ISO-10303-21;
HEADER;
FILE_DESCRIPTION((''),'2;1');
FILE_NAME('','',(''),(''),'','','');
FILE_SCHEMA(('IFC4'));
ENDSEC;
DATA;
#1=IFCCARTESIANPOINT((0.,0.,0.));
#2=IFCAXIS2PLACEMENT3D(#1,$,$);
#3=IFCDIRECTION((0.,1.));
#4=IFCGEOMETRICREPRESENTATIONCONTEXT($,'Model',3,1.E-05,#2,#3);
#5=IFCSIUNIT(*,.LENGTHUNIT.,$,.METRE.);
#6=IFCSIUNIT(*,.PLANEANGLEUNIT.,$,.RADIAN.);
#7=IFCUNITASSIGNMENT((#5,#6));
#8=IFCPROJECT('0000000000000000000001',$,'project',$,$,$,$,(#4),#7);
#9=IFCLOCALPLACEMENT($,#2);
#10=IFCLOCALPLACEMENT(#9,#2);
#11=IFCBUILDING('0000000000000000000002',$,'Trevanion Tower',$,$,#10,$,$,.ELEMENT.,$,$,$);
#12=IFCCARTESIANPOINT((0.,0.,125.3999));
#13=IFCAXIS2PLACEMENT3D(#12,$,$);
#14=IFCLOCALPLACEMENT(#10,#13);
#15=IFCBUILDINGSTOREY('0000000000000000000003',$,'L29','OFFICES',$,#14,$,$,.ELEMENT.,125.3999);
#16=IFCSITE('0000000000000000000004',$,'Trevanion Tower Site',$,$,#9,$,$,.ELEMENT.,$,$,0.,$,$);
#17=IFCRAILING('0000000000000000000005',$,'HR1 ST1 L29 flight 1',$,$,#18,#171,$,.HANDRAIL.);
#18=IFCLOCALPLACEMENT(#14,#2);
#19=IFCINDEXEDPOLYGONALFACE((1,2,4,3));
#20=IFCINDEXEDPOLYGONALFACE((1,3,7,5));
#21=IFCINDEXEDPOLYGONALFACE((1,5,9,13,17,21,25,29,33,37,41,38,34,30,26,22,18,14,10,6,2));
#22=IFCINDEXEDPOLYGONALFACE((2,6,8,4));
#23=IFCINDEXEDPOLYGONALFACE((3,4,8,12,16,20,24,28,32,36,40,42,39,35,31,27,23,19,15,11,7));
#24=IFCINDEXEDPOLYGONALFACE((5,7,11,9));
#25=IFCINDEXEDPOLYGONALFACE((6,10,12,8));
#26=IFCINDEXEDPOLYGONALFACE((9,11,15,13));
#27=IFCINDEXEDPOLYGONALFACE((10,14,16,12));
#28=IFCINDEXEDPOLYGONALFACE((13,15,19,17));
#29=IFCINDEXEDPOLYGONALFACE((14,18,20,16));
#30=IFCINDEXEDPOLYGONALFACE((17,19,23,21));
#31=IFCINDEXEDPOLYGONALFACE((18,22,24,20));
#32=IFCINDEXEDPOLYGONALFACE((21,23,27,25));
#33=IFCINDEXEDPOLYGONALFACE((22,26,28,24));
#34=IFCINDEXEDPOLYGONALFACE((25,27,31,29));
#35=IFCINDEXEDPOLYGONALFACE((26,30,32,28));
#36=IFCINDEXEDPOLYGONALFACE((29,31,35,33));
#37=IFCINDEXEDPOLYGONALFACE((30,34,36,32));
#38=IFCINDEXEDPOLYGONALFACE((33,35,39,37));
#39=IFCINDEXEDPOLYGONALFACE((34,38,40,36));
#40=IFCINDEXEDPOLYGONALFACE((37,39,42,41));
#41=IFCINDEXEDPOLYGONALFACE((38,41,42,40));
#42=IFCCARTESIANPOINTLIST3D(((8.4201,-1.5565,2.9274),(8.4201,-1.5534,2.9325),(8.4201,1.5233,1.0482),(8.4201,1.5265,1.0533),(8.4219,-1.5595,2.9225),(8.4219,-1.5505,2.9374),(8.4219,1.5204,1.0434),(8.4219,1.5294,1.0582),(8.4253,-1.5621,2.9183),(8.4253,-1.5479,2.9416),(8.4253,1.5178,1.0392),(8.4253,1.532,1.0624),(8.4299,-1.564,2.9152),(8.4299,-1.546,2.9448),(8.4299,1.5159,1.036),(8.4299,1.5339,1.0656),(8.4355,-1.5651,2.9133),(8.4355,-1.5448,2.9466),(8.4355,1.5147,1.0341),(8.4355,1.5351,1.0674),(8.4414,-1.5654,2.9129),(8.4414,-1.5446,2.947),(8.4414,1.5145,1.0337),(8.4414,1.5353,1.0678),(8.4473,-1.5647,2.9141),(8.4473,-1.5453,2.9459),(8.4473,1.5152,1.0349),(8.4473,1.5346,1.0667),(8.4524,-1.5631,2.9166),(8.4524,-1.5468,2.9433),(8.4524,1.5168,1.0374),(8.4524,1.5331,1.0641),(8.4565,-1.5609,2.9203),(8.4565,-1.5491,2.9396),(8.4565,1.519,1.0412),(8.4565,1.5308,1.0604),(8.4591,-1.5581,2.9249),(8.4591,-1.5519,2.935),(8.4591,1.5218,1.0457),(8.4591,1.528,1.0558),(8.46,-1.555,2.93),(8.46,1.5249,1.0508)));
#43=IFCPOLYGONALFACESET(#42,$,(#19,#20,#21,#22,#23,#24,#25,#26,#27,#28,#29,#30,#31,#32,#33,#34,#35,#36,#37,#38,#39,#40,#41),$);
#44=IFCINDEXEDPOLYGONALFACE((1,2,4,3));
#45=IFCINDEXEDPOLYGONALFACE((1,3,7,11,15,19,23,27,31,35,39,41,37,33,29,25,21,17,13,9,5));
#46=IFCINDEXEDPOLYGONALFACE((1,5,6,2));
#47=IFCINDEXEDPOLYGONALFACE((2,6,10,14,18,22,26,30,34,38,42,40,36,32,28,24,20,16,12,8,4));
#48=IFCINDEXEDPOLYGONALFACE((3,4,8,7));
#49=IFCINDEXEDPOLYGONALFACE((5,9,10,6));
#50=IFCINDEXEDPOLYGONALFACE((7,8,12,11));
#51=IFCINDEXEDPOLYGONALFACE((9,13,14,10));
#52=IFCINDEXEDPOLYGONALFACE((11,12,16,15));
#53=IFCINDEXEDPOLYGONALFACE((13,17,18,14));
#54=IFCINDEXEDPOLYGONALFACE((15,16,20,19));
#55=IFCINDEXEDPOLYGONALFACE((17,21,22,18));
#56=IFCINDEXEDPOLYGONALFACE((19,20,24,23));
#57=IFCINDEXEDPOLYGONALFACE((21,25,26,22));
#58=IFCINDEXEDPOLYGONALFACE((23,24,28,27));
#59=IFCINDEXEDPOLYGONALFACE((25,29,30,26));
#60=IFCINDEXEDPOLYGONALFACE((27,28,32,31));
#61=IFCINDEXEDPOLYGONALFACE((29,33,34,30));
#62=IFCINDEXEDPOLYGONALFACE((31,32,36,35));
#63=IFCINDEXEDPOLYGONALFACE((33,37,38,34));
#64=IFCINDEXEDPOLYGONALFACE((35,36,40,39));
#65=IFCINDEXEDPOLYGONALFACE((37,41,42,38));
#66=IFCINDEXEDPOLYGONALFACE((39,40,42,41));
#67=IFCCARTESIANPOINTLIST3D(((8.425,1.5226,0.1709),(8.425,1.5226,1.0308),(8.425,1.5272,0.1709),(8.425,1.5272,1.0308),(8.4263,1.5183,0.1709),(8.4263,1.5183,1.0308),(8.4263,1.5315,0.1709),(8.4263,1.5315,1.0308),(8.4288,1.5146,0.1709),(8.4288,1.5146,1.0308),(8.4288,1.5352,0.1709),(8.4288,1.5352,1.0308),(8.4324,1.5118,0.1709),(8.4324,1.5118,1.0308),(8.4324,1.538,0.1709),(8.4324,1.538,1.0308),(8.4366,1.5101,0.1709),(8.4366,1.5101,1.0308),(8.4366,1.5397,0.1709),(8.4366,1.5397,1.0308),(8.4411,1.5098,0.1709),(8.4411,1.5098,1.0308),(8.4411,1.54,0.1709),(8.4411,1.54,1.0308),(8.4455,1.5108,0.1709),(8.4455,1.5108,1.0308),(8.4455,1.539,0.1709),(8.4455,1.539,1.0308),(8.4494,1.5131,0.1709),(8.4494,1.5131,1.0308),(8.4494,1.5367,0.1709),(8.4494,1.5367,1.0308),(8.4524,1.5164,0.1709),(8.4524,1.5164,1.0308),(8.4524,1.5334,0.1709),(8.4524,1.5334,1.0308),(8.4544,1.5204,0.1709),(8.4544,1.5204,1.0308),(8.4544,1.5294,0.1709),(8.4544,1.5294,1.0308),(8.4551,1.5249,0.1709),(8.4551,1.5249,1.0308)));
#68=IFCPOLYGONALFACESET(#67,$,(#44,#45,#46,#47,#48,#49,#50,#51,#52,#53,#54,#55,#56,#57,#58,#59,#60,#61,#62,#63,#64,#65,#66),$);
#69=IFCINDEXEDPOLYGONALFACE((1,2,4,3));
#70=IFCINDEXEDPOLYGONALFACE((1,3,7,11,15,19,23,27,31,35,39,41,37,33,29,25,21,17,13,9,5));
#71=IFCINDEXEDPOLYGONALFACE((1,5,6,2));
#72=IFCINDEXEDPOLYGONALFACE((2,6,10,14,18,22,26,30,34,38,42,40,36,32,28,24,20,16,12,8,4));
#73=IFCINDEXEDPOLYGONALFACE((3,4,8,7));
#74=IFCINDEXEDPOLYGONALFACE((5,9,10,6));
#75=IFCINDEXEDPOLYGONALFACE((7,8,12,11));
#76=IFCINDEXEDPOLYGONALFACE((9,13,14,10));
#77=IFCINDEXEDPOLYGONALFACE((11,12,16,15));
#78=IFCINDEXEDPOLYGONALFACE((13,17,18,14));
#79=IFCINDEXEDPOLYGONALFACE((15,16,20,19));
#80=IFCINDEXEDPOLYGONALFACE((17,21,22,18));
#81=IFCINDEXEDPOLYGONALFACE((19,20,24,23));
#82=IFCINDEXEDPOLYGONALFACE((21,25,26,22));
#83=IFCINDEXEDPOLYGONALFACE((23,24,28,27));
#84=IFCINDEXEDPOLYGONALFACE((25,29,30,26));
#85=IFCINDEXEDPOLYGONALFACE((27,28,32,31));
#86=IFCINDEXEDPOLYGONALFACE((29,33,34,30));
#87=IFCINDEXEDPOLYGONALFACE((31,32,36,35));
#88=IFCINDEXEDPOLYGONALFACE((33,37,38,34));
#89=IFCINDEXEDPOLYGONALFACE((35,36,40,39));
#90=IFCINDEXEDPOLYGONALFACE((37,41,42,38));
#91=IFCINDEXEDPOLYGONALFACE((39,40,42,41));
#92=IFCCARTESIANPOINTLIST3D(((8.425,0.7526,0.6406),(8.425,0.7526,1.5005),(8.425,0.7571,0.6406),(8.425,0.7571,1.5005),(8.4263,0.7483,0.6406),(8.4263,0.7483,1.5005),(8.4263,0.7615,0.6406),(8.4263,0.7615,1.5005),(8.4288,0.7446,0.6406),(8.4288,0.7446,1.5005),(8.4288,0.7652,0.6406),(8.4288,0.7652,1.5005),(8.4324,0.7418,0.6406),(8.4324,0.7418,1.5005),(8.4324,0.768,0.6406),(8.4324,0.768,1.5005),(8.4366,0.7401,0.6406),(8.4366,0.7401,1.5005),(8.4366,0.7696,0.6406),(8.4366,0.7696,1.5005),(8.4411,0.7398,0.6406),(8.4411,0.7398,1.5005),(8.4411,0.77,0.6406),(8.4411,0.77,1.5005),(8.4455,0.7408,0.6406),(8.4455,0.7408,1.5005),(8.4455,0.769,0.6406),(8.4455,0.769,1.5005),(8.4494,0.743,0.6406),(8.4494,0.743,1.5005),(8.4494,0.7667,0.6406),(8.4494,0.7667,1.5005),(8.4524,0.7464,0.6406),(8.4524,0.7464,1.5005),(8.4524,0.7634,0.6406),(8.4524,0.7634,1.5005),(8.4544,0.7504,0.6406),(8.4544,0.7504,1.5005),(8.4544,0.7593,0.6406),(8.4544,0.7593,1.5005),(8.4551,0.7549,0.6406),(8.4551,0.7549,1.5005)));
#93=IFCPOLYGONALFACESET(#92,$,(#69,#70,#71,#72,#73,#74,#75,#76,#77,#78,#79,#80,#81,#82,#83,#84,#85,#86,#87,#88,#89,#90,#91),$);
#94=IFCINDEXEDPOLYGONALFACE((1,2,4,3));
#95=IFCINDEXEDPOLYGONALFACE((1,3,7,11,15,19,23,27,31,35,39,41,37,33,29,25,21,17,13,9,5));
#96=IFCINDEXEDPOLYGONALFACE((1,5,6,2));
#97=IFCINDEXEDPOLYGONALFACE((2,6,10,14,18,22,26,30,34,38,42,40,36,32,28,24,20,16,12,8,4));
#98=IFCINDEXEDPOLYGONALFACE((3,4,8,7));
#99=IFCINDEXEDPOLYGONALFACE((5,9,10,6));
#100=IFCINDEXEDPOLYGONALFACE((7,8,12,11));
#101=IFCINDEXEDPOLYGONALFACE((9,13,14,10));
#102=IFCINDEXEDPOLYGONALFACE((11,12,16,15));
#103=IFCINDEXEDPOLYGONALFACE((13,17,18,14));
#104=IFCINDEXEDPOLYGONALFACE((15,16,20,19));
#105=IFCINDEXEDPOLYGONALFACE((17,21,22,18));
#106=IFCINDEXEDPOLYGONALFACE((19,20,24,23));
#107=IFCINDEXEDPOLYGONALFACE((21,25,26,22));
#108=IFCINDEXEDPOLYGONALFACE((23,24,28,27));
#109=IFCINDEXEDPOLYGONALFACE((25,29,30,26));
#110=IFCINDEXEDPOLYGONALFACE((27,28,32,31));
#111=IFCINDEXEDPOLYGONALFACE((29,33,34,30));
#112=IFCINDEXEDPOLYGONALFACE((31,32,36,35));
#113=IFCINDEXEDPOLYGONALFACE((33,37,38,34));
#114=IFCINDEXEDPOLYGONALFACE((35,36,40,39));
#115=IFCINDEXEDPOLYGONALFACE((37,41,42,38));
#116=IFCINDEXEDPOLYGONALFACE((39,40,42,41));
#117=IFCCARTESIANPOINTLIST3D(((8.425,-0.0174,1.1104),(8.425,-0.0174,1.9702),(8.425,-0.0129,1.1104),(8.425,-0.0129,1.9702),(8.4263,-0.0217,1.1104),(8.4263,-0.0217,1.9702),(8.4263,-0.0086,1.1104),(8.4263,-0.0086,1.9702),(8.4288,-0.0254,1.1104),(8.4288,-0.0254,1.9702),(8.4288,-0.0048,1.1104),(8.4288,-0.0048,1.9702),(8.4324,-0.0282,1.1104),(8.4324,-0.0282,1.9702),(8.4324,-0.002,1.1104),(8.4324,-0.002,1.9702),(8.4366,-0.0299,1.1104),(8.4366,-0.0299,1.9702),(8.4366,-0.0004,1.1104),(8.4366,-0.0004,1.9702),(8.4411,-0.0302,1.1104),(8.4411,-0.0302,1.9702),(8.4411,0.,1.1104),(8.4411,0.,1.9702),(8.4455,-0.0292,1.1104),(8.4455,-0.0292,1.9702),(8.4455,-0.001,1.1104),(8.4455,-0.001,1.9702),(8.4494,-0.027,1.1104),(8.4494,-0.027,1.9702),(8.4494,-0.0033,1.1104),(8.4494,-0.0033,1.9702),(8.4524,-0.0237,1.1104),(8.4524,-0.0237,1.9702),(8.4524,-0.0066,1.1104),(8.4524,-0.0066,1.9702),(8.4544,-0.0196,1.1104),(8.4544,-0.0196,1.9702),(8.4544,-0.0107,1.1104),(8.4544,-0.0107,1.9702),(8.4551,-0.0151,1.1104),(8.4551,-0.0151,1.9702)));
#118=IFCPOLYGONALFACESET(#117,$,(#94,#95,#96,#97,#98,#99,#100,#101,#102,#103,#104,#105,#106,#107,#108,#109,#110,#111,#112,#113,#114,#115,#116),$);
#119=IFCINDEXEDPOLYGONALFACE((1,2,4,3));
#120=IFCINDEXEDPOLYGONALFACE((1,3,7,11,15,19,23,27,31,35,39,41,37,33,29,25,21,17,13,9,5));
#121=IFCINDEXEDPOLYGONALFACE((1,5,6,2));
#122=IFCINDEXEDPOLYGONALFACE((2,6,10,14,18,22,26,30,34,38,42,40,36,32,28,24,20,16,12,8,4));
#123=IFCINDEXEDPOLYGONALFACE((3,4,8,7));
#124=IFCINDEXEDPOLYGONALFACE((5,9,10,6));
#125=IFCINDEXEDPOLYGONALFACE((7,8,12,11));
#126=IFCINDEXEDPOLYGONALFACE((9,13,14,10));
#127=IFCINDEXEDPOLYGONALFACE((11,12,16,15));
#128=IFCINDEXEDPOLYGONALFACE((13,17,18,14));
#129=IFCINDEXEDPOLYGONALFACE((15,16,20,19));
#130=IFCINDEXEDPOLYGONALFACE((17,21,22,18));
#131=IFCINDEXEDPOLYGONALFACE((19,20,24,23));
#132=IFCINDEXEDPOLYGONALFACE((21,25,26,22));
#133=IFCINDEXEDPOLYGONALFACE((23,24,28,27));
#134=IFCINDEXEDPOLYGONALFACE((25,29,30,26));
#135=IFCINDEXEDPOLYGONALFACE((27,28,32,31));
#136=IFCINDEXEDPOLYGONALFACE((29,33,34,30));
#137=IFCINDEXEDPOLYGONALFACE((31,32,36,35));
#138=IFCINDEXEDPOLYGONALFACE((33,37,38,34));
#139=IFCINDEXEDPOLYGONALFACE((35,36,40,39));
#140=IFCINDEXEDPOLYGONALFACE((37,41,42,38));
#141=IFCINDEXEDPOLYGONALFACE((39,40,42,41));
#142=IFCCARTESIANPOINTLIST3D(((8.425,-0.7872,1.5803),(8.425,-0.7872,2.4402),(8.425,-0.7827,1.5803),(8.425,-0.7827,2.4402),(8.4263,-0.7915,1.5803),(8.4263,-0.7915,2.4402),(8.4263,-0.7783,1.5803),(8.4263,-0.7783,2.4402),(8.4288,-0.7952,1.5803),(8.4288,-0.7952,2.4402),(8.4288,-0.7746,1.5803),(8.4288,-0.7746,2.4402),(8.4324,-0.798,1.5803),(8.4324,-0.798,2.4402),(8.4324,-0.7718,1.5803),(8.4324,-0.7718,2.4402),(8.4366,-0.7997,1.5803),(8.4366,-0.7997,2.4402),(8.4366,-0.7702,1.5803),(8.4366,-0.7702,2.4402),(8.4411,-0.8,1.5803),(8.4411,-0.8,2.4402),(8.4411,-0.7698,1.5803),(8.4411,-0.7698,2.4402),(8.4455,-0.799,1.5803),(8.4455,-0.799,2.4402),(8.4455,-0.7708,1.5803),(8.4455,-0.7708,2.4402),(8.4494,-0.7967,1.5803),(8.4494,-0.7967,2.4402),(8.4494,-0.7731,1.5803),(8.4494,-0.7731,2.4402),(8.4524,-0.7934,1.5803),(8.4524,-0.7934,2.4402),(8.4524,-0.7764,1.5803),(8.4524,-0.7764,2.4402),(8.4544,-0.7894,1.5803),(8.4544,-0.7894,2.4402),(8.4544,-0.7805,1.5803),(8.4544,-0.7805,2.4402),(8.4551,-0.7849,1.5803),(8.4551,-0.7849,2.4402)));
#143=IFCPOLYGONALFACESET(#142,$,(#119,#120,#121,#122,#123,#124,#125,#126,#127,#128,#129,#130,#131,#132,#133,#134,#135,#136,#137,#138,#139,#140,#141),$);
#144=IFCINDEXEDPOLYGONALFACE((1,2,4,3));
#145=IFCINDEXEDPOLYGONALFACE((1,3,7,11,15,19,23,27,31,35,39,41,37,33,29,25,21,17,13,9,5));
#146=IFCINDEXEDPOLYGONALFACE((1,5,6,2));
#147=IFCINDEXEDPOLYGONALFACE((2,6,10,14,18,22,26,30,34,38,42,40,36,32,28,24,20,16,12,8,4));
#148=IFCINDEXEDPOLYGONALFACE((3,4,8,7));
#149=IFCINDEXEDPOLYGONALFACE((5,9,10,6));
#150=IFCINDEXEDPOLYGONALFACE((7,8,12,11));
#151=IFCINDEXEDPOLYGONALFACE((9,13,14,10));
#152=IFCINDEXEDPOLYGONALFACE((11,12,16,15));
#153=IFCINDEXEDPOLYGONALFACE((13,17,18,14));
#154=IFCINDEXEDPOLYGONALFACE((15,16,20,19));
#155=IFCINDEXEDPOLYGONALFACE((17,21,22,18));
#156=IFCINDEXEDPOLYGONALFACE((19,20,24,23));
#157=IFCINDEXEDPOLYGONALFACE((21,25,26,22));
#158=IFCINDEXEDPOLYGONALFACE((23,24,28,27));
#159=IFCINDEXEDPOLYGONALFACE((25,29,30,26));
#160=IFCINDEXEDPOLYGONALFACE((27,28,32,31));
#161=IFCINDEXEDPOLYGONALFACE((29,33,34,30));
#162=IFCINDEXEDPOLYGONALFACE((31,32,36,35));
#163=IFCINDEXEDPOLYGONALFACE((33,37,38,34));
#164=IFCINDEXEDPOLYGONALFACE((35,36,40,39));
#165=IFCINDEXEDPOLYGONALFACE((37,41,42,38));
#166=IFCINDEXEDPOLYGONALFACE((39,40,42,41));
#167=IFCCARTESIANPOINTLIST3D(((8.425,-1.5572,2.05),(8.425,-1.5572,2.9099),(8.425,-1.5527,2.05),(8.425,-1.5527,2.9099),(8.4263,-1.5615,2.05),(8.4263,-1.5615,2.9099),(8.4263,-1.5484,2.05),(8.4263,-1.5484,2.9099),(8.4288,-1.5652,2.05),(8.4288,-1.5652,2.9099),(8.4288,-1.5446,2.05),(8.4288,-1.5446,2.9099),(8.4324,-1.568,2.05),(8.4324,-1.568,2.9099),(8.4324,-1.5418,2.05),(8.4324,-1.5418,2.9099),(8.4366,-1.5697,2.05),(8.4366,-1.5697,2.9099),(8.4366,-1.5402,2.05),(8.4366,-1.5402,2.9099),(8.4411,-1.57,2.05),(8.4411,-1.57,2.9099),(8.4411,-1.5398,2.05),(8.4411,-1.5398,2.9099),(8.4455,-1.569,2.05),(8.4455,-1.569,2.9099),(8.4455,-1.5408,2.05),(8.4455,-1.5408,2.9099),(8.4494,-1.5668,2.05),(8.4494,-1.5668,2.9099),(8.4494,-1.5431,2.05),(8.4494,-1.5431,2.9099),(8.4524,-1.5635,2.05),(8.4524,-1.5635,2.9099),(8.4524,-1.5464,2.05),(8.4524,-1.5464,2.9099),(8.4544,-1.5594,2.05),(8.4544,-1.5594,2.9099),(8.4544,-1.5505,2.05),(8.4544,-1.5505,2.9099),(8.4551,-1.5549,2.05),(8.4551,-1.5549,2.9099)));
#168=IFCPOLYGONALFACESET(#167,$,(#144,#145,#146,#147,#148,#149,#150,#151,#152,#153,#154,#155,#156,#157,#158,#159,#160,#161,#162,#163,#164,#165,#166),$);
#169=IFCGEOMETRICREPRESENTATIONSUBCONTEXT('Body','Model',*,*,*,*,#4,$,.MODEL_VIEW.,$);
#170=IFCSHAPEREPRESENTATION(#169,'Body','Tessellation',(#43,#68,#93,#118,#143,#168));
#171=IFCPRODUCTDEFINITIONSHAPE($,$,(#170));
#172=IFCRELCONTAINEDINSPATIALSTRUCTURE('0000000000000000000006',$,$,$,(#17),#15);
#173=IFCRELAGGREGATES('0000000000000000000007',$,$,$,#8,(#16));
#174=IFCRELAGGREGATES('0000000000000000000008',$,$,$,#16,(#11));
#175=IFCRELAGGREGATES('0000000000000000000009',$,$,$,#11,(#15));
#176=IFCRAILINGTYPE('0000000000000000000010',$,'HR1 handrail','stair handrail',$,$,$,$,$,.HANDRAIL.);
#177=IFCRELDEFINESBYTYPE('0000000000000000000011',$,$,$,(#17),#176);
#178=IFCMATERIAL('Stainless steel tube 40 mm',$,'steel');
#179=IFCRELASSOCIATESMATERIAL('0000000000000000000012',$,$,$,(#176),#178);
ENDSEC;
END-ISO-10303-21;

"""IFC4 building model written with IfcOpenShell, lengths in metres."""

from ifc_helpers import new_model, si_unit, direction, frame, origin, origin_2d, place, context, subcontext, project, spatial, circle, extrude, material, type_object, element, save


model = new_model("IFC4")

# Units and contexts
model_context = context("Model", 3, precision=1e-05, world=origin(), true_north=direction((0.0, 1.0)))
body_context = subcontext(model_context, "Body", "Model", "MODEL_VIEW")
ifc_project = project(units=[si_unit("LENGTHUNIT", "METRE"), si_unit("PLANEANGLEUNIT", "RADIAN")], contexts=[model_context])

# Site, building, storey
site_placement = place(None, origin())
site = spatial("IfcSite", under=ifc_project, at=site_placement, Name="Trevanion Tower Site", CompositionType="ELEMENT", RefElevation=0.0)
building_placement = place(site_placement, origin())
building = spatial("IfcBuilding", under=site, at=building_placement, Name="Trevanion Tower", CompositionType="ELEMENT")
storey_placement = place(building_placement, frame((0.0, 0.0, 125.3999)))
storey = spatial("IfcBuildingStorey", under=building, at=storey_placement, Name="L29", Description="OFFICES", CompositionType="ELEMENT", Elevation=125.3999)

# Railing
ifc_material_1 = material(Name="Stainless steel tube 40 mm", Category="steel")
railing_type = type_object("IfcRailingType", Name="HR1 handrail", Description="stair handrail", PredefinedType="HANDRAIL", material=ifc_material_1)
for number, where, name in (
    (1, (8.4399, 1.5249, 0.1709), "HR1 ST1 L29 flight 1"),
):
    element("IfcRailing", number, at=place(storey_placement, frame(where)), inside=storey, type_object=railing_type, Name=name, PredefinedType="HANDRAIL", context=body_context, shape_type="SweptSolid", body=[
        extrude(circle(Radius=0.02, at=origin_2d()), frame((0.0, 0.0, 0.8799), z_axis=(0.0, -0.853648, 0.52085), x_axis=(1.0, 0.0, 0.0)), (0.0, 0.0, 1.0), 3.6079),
        extrude(circle(Radius=0.0151, at=origin_2d()), origin(), (0.0, 0.0, 1.0), 0.8599),
        extrude(circle(Radius=0.0151, at=origin_2d()), frame((0.0, -0.77, 0.4697)), (0.0, 0.0, 1.0), 0.8599),
        extrude(circle(Radius=0.0151, at=origin_2d()), frame((0.0, -1.54, 0.9395)), (0.0, 0.0, 1.0), 0.8599),
        extrude(circle(Radius=0.0151, at=origin_2d()), frame((0.0, -2.3098, 1.4094)), (0.0, 0.0, 1.0), 0.8599),
        extrude(circle(Radius=0.0151, at=origin_2d()), frame((0.0, -3.0798, 1.8792)), (0.0, 0.0, 1.0), 0.8599),
    ])

save(model, "model.ifc")
